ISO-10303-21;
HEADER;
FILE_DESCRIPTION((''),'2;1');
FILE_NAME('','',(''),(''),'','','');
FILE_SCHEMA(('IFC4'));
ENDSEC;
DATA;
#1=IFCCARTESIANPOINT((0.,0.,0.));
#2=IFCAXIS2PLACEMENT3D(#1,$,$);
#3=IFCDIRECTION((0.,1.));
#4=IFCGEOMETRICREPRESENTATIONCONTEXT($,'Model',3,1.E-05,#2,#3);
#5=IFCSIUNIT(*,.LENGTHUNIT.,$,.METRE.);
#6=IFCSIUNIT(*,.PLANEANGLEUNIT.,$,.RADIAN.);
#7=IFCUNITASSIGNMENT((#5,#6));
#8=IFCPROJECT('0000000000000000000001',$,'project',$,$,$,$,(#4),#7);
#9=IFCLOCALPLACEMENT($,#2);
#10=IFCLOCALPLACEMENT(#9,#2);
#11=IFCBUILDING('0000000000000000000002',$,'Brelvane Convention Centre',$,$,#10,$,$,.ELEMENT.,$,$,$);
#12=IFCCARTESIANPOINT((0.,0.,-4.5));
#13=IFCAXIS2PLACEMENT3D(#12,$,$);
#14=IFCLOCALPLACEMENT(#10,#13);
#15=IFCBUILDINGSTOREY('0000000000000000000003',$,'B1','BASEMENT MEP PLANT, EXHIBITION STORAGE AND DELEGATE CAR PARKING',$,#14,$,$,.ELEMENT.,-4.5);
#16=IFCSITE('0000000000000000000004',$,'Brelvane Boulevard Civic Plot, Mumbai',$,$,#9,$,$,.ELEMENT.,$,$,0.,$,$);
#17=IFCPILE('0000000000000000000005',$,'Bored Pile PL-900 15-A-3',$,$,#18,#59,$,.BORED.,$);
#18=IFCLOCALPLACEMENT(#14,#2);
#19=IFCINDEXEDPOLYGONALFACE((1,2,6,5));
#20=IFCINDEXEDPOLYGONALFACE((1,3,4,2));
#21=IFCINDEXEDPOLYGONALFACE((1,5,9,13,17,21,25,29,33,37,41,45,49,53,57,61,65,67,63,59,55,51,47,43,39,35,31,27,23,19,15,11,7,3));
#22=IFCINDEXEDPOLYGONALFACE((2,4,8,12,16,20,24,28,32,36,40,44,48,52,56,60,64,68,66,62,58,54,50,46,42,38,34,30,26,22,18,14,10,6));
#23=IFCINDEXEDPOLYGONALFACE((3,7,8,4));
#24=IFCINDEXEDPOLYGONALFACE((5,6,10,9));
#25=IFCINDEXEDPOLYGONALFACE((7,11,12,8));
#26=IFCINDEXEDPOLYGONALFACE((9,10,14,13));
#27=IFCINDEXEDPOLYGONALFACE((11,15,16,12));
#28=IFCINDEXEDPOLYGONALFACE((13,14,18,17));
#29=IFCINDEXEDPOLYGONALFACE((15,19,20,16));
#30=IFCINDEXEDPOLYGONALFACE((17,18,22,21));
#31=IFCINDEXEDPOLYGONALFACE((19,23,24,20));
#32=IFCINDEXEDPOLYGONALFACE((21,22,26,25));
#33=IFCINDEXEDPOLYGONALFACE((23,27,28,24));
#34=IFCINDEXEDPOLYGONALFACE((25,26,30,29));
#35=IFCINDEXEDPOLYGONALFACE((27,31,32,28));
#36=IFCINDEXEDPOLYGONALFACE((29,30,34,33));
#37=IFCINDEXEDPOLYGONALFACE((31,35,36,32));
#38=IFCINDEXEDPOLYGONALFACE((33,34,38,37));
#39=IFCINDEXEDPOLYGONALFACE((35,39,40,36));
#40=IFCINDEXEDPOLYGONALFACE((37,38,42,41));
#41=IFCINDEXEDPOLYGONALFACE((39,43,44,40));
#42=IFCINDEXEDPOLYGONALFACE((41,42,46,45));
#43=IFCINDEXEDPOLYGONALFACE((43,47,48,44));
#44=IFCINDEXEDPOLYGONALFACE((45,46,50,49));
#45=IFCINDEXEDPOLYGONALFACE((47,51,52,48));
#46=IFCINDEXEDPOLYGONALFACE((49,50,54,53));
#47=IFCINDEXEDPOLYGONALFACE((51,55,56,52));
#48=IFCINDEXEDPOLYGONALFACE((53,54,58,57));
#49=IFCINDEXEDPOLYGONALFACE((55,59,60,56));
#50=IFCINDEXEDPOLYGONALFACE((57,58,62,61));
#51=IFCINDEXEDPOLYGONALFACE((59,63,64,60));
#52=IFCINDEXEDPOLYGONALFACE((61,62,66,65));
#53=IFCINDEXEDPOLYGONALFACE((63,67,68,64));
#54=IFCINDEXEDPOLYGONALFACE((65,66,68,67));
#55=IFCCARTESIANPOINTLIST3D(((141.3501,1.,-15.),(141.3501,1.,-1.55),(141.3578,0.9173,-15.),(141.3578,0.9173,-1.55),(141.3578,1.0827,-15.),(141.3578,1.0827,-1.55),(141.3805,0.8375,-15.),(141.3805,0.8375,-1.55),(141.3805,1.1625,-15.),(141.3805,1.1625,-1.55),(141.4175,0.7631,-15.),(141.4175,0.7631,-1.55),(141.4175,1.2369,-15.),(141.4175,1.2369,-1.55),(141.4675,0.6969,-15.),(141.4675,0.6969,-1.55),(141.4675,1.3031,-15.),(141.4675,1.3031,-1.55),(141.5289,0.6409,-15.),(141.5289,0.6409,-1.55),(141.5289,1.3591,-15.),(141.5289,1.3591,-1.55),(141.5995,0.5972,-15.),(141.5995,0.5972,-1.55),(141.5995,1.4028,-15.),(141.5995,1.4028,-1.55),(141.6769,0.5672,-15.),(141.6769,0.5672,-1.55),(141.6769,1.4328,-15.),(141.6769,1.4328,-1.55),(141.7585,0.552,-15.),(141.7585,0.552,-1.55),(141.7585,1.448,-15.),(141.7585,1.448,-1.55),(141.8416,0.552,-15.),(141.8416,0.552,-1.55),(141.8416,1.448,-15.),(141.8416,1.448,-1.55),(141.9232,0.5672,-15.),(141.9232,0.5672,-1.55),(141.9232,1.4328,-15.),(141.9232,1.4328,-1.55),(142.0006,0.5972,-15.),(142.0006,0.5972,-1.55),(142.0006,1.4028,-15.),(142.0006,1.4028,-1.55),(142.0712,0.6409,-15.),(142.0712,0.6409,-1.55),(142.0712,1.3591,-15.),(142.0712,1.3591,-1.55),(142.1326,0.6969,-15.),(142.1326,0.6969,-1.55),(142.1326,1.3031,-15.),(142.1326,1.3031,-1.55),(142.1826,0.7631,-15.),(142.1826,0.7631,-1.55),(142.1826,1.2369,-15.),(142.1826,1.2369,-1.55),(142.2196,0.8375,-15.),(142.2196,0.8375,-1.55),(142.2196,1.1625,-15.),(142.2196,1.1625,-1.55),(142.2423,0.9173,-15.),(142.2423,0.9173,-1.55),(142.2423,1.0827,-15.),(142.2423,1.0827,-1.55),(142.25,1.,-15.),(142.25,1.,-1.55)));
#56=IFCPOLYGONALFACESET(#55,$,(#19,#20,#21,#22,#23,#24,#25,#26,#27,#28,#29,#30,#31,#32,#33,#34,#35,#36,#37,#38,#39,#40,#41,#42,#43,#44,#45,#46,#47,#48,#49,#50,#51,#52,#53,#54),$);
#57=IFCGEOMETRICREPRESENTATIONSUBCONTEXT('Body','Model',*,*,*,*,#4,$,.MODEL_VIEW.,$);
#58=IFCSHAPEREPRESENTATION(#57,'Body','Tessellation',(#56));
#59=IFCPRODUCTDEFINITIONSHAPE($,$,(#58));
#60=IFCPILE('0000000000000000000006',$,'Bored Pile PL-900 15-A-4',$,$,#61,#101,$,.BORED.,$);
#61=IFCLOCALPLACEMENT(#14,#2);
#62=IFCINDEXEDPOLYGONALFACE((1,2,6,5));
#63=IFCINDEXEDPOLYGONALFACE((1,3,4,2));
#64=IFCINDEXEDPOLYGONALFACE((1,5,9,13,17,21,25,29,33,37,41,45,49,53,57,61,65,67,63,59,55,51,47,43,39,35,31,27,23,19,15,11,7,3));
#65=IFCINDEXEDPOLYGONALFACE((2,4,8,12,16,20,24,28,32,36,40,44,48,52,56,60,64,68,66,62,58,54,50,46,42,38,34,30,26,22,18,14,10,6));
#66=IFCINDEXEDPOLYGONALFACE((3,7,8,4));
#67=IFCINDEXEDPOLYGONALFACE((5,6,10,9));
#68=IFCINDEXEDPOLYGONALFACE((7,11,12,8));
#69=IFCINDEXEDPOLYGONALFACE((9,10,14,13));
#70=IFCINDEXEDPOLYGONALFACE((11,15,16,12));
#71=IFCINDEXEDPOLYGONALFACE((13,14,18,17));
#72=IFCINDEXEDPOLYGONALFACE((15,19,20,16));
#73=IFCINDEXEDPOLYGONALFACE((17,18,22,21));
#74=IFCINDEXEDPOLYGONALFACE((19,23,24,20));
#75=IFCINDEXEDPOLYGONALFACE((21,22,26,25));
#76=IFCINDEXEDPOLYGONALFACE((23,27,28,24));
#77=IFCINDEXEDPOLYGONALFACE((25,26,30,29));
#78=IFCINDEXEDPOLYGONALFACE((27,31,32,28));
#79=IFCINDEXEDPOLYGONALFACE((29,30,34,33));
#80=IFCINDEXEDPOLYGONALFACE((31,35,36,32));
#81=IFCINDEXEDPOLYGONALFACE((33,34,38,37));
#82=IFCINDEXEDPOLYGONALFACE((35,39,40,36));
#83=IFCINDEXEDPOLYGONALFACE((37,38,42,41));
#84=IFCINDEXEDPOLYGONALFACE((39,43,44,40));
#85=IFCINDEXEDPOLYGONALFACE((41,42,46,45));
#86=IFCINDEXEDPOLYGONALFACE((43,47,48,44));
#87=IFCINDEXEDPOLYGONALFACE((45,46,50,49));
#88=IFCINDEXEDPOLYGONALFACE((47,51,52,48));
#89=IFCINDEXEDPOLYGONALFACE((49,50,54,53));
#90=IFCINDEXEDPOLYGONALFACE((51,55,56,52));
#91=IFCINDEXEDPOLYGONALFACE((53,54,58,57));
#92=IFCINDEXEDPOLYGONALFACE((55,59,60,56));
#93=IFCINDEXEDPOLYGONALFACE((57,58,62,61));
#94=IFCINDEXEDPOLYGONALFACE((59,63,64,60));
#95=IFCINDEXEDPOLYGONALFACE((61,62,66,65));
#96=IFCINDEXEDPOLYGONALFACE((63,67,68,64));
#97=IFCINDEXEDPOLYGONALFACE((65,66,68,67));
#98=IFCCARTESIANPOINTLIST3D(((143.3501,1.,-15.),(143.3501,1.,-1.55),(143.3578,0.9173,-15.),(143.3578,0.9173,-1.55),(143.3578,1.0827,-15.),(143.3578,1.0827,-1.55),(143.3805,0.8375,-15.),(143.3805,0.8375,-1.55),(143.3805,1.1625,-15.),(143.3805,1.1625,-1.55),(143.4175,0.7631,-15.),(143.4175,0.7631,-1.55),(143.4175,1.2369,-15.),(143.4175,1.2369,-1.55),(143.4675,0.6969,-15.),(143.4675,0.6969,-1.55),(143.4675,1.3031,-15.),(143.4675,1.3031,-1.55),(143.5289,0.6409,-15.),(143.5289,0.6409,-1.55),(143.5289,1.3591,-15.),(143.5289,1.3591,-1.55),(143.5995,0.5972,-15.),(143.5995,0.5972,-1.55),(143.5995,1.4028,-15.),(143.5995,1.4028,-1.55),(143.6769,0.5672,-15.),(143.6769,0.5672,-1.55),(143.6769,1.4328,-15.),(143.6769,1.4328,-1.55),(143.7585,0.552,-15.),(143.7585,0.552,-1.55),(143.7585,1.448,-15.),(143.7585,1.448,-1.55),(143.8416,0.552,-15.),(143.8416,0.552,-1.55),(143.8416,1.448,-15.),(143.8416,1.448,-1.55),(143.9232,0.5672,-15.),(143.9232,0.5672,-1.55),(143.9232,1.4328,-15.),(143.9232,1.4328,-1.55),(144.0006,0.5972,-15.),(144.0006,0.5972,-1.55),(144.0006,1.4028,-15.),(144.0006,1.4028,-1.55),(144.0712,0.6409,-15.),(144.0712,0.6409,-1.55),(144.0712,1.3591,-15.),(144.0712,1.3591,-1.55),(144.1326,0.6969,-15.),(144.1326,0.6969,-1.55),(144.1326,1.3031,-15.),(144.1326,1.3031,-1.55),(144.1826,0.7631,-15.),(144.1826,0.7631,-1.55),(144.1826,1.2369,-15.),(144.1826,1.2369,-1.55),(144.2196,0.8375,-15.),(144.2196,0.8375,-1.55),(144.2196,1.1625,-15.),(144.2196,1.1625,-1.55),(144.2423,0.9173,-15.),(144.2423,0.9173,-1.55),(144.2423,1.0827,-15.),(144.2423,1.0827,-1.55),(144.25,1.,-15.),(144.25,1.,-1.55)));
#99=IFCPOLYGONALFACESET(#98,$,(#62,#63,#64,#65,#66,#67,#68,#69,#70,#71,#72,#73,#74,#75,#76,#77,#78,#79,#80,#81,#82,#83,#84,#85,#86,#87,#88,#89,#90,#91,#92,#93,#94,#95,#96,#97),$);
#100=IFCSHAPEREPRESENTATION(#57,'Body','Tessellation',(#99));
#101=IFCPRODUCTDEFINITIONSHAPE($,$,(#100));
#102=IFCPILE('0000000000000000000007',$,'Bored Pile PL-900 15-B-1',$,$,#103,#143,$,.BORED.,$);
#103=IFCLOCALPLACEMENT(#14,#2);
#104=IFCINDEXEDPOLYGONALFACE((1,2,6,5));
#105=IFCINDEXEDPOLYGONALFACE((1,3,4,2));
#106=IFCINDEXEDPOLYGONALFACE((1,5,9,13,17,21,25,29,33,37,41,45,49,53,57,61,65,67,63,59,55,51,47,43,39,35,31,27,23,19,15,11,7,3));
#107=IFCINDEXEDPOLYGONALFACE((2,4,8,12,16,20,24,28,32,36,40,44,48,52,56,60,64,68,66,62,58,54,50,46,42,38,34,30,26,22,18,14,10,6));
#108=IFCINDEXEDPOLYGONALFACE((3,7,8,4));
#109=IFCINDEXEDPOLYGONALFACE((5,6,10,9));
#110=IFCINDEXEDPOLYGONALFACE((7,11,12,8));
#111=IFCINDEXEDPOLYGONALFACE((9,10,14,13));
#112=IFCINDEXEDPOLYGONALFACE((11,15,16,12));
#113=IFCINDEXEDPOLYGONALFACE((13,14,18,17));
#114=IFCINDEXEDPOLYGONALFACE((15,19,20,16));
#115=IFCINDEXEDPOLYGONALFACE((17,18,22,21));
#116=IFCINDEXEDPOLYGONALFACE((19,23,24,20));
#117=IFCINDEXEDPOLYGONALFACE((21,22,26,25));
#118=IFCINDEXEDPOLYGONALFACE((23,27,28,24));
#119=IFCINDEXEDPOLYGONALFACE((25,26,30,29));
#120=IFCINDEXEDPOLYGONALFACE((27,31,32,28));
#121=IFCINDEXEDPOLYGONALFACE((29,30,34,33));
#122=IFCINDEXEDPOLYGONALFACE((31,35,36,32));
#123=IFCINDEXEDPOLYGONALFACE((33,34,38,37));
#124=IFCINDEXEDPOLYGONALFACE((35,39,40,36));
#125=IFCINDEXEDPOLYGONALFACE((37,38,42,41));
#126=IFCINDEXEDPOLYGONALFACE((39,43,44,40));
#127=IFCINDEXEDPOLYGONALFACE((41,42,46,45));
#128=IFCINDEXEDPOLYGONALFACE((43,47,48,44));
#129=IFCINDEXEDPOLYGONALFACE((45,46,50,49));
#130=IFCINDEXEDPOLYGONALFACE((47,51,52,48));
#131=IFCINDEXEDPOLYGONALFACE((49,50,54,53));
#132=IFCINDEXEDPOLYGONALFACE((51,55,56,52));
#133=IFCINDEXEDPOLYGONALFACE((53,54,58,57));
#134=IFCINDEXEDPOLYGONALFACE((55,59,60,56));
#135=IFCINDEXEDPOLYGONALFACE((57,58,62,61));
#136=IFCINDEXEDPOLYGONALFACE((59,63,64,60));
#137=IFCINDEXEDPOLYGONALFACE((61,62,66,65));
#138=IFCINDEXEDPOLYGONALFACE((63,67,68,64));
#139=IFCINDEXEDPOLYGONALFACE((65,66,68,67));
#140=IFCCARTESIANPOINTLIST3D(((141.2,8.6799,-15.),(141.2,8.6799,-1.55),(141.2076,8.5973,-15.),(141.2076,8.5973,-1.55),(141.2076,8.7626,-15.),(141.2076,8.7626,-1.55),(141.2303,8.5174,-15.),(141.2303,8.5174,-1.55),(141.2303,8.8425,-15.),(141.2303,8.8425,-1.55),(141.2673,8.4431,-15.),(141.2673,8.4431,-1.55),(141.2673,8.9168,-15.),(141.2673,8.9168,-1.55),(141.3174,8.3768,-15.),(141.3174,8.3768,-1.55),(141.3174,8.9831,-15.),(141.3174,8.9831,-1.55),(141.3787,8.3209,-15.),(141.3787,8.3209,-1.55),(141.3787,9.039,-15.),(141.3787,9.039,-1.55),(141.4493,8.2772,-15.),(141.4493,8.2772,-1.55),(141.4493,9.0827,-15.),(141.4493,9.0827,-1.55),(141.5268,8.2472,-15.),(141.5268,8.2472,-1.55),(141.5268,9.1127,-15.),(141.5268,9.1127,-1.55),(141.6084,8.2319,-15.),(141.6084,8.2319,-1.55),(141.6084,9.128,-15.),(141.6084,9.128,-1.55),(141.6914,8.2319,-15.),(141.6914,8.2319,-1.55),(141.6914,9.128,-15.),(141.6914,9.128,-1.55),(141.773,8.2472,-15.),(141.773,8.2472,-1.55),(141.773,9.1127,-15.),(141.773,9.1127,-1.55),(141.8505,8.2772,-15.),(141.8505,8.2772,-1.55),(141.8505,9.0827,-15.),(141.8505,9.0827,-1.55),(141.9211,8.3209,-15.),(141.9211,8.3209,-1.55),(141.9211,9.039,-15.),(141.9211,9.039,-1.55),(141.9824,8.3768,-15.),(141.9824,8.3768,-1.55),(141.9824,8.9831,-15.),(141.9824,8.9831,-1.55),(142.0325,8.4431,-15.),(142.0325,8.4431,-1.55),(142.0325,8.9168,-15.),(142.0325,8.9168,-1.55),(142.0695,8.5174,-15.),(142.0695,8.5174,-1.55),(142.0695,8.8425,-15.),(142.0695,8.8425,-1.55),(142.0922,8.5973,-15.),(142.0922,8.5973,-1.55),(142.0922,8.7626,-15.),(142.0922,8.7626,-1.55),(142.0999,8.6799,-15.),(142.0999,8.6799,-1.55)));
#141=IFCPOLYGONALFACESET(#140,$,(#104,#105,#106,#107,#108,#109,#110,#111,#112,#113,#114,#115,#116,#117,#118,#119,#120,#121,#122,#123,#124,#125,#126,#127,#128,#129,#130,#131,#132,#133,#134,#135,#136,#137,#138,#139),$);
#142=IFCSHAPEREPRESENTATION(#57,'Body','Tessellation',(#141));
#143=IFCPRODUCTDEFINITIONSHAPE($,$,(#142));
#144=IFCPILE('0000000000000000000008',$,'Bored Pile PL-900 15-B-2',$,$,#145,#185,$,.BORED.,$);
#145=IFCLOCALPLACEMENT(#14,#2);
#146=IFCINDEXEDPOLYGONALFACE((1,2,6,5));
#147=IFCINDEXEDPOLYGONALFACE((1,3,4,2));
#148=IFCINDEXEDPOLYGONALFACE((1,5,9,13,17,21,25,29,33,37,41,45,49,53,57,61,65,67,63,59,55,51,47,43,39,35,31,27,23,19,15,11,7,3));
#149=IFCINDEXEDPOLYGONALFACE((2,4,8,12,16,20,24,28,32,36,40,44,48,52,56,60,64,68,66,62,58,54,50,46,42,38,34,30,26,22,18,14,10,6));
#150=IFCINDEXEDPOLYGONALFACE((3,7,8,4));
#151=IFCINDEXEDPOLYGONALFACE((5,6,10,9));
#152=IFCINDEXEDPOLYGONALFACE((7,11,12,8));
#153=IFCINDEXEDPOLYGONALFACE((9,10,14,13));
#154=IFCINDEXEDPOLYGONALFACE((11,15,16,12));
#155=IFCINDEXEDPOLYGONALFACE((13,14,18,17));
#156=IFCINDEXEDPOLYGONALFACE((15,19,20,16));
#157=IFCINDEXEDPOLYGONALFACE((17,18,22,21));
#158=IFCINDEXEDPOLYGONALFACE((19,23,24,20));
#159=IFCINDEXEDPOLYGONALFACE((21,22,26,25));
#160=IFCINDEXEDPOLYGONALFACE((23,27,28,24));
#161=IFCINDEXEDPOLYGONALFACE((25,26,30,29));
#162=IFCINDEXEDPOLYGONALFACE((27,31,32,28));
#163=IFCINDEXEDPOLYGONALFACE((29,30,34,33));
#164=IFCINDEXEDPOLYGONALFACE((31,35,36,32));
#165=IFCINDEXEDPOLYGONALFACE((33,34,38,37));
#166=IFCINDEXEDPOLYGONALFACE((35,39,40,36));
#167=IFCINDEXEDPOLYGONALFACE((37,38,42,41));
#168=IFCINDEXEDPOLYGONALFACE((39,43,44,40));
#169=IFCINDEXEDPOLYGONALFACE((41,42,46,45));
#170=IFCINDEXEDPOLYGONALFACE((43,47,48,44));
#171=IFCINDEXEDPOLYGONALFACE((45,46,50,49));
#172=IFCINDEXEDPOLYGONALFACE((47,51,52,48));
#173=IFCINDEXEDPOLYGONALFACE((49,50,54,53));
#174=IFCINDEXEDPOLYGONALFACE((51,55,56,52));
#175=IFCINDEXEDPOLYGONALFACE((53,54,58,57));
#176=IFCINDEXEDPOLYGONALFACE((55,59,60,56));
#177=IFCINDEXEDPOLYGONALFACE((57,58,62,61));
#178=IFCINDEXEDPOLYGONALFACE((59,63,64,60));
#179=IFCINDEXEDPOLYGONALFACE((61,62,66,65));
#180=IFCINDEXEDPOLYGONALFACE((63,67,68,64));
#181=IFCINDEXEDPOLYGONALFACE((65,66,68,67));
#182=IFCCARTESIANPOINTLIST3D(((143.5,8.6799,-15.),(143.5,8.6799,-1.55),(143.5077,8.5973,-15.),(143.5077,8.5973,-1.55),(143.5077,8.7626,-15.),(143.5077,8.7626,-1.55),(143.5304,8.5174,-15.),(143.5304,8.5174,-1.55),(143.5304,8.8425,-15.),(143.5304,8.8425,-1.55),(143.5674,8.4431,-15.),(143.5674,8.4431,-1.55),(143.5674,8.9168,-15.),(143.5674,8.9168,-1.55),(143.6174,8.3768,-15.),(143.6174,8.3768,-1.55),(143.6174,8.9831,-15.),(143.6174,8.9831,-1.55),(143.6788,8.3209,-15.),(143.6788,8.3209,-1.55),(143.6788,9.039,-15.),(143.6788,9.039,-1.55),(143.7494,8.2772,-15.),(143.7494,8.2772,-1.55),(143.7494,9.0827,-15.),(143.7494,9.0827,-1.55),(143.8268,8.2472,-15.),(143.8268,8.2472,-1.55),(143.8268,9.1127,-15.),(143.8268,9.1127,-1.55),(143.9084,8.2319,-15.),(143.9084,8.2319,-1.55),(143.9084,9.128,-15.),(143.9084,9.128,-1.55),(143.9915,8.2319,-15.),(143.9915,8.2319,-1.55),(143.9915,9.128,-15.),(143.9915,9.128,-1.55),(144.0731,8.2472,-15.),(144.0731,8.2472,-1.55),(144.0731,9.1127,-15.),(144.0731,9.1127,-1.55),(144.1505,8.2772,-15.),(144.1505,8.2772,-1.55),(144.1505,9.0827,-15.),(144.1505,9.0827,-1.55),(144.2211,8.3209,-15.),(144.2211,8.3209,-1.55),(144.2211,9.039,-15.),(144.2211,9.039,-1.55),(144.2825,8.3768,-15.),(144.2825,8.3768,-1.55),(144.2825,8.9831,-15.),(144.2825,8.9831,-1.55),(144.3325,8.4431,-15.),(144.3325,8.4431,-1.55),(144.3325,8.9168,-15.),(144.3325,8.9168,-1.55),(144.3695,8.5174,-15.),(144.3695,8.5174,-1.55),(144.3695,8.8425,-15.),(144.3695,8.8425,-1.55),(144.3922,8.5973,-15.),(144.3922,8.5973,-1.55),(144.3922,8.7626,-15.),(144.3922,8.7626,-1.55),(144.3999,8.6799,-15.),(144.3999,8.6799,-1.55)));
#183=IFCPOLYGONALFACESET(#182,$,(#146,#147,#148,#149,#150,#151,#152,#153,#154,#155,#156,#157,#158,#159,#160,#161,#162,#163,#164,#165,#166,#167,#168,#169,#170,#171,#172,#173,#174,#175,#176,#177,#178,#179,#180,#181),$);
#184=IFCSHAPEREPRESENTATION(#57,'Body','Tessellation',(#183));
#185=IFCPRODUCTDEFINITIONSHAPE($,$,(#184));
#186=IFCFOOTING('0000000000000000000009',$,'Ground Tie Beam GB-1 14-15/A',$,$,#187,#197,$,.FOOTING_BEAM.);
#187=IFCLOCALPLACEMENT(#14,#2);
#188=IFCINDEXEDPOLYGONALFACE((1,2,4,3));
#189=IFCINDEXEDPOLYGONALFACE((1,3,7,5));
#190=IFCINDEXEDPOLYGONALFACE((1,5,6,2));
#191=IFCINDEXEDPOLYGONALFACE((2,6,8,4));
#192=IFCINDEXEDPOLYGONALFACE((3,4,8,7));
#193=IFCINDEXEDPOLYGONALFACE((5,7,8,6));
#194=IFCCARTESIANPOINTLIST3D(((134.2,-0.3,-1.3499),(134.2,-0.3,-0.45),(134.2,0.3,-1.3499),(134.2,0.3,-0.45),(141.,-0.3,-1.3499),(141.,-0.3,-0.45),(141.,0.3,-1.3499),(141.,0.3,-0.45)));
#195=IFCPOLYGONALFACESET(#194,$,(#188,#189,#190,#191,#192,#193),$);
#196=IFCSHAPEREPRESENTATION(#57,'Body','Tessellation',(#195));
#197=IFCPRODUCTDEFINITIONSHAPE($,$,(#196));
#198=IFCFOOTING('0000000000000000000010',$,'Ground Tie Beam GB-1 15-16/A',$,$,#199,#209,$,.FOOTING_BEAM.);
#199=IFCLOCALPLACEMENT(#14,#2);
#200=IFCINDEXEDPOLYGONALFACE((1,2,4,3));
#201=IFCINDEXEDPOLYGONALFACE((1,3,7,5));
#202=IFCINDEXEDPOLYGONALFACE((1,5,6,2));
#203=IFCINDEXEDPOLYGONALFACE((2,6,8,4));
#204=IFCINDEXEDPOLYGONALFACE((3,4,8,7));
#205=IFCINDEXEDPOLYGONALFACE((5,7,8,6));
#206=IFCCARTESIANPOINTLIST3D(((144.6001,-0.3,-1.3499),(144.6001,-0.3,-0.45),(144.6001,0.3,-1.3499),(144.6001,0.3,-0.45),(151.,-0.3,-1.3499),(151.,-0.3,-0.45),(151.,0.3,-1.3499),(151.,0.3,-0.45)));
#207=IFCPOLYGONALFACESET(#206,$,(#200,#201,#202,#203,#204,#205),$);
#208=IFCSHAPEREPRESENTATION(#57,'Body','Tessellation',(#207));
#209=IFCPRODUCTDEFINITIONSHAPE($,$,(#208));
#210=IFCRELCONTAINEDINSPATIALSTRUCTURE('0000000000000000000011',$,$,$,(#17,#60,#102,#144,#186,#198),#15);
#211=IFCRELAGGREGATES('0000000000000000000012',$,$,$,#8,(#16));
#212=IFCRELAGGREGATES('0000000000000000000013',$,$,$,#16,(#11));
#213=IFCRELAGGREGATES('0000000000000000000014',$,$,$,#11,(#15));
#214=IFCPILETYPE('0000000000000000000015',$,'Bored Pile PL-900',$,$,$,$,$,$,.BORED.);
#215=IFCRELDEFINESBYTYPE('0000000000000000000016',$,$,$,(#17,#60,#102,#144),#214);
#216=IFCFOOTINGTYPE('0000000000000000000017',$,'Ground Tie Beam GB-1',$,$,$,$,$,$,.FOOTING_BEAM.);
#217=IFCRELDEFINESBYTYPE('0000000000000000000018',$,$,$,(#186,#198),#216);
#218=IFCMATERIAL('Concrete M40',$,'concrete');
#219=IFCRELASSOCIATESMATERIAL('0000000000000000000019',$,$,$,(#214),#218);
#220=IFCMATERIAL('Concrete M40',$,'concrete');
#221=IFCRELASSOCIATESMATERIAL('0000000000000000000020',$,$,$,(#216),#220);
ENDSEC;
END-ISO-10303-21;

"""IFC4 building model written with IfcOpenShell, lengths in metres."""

from ifc_helpers import new_model, si_unit, direction, frame, origin, origin_2d, place, context, subcontext, project, spatial, rectangle, circle, extrude, material, material_profile, profile_set, type_object, element, save


model = new_model("IFC4")

# Units and contexts
model_context = context("Model", 3, precision=1e-05, world=origin(), true_north=direction((0.0, 1.0)))
body_context = subcontext(model_context, "Body", "Model", "MODEL_VIEW")
ifc_project = project(units=[si_unit("LENGTHUNIT", "METRE"), si_unit("PLANEANGLEUNIT", "RADIAN")], contexts=[model_context])

# Site, building, storey
site_placement = place(None, origin())
site = spatial("IfcSite", under=ifc_project, at=site_placement, Name="Brelvane Boulevard Civic Plot, Mumbai", CompositionType="ELEMENT", RefElevation=0.0)
building_placement = place(site_placement, origin())
building = spatial("IfcBuilding", under=site, at=building_placement, Name="Brelvane Convention Centre", CompositionType="ELEMENT")
storey_placement = place(building_placement, frame((0.0, 0.0, -4.5)))
storey = spatial("IfcBuildingStorey", under=building, at=storey_placement, Name="B1", Description="BASEMENT MEP PLANT, EXHIBITION STORAGE AND DELEGATE CAR PARKING", CompositionType="ELEMENT", Elevation=-4.5)

# Piles
ifc_material_1 = material(Name="Concrete M40", Category="concrete")
ifc_material_profile_1 = material_profile(ifc_material_1, circle(Radius=0.45, at=origin_2d()), Name="PILE D900")
ifc_profile_set_1 = profile_set([ifc_material_profile_1], Name="Concrete M40")
pile_type = type_object("IfcPileType", Name="Bored Pile PL-900", PredefinedType="BORED", material=ifc_profile_set_1)
for number, where, z_axis, x_axis, name in (
    (1, (141.8, 1.0, -1.55), (0.0, 0.0, -1.0), (1.0, 0.0, 0.0), "Bored Pile PL-900 15-A-3"),
    (2, (143.8, 1.0, -1.55), (0.0, 0.0, -1.0), (1.0, 0.0, 0.0), "Bored Pile PL-900 15-A-4"),
    (3, (141.6499, 8.6799, -1.55), (0.0, 0.0, -1.0), (1.0, 0.0, 0.0), "Bored Pile PL-900 15-B-1"),
    (4, (143.95, 8.6799, -1.55), (0.0, 0.0, -1.0), (1.0, 0.0, 0.0), "Bored Pile PL-900 15-B-2"),
):
    element("IfcPile", number, at=place(storey_placement, frame(where, z_axis=z_axis, x_axis=x_axis)), inside=storey, type_object=pile_type, Name=name, PredefinedType="BORED", context=body_context, shape_type="SweptSolid", body=[
        extrude(circle(Radius=0.45, at=origin_2d()), origin(), (0.0, 0.0, 1.0), 13.45),
    ])

# Footings
ifc_material_2 = material(Name="Concrete M40", Category="concrete")
ifc_material_profile_2 = material_profile(ifc_material_2, rectangle(XDim=0.6001, YDim=0.8999, at=origin_2d()), Name="RC 600x900")
ifc_profile_set_2 = profile_set([ifc_material_profile_2], Name="Concrete M40")
footing_type_1 = type_object("IfcFootingType", Name="Ground Tie Beam GB-1", PredefinedType="FOOTING_BEAM", material=ifc_profile_set_2)
footing_1_placement = place(storey_placement, frame((134.2, 0.0, -0.8999), z_axis=(1.0, 0.0, 0.0), x_axis=(0.0, 1.0, 0.0)))
element("IfcFooting", 5, at=footing_1_placement, inside=storey, type_object=footing_type_1, Name="Ground Tie Beam GB-1 14-15/A", PredefinedType="FOOTING_BEAM", context=body_context, shape_type="SweptSolid", body=[
    extrude(rectangle(XDim=0.6001, YDim=0.8999, at=origin_2d()), origin(), (0.0, 0.0, 1.0), 6.8),
])
footing_2_placement = place(storey_placement, frame((144.6001, 0.0, -0.8999), z_axis=(1.0, 0.0, 0.0), x_axis=(0.0, 1.0, 0.0)))
element("IfcFooting", 6, at=footing_2_placement, inside=storey, type_object=footing_type_1, Name="Ground Tie Beam GB-1 15-16/A", PredefinedType="FOOTING_BEAM", context=body_context, shape_type="SweptSolid", body=[
    extrude(rectangle(XDim=0.6001, YDim=0.8999, at=origin_2d()), origin(), (0.0, 0.0, 1.0), 6.3999),
])

save(model, "model.ifc")
